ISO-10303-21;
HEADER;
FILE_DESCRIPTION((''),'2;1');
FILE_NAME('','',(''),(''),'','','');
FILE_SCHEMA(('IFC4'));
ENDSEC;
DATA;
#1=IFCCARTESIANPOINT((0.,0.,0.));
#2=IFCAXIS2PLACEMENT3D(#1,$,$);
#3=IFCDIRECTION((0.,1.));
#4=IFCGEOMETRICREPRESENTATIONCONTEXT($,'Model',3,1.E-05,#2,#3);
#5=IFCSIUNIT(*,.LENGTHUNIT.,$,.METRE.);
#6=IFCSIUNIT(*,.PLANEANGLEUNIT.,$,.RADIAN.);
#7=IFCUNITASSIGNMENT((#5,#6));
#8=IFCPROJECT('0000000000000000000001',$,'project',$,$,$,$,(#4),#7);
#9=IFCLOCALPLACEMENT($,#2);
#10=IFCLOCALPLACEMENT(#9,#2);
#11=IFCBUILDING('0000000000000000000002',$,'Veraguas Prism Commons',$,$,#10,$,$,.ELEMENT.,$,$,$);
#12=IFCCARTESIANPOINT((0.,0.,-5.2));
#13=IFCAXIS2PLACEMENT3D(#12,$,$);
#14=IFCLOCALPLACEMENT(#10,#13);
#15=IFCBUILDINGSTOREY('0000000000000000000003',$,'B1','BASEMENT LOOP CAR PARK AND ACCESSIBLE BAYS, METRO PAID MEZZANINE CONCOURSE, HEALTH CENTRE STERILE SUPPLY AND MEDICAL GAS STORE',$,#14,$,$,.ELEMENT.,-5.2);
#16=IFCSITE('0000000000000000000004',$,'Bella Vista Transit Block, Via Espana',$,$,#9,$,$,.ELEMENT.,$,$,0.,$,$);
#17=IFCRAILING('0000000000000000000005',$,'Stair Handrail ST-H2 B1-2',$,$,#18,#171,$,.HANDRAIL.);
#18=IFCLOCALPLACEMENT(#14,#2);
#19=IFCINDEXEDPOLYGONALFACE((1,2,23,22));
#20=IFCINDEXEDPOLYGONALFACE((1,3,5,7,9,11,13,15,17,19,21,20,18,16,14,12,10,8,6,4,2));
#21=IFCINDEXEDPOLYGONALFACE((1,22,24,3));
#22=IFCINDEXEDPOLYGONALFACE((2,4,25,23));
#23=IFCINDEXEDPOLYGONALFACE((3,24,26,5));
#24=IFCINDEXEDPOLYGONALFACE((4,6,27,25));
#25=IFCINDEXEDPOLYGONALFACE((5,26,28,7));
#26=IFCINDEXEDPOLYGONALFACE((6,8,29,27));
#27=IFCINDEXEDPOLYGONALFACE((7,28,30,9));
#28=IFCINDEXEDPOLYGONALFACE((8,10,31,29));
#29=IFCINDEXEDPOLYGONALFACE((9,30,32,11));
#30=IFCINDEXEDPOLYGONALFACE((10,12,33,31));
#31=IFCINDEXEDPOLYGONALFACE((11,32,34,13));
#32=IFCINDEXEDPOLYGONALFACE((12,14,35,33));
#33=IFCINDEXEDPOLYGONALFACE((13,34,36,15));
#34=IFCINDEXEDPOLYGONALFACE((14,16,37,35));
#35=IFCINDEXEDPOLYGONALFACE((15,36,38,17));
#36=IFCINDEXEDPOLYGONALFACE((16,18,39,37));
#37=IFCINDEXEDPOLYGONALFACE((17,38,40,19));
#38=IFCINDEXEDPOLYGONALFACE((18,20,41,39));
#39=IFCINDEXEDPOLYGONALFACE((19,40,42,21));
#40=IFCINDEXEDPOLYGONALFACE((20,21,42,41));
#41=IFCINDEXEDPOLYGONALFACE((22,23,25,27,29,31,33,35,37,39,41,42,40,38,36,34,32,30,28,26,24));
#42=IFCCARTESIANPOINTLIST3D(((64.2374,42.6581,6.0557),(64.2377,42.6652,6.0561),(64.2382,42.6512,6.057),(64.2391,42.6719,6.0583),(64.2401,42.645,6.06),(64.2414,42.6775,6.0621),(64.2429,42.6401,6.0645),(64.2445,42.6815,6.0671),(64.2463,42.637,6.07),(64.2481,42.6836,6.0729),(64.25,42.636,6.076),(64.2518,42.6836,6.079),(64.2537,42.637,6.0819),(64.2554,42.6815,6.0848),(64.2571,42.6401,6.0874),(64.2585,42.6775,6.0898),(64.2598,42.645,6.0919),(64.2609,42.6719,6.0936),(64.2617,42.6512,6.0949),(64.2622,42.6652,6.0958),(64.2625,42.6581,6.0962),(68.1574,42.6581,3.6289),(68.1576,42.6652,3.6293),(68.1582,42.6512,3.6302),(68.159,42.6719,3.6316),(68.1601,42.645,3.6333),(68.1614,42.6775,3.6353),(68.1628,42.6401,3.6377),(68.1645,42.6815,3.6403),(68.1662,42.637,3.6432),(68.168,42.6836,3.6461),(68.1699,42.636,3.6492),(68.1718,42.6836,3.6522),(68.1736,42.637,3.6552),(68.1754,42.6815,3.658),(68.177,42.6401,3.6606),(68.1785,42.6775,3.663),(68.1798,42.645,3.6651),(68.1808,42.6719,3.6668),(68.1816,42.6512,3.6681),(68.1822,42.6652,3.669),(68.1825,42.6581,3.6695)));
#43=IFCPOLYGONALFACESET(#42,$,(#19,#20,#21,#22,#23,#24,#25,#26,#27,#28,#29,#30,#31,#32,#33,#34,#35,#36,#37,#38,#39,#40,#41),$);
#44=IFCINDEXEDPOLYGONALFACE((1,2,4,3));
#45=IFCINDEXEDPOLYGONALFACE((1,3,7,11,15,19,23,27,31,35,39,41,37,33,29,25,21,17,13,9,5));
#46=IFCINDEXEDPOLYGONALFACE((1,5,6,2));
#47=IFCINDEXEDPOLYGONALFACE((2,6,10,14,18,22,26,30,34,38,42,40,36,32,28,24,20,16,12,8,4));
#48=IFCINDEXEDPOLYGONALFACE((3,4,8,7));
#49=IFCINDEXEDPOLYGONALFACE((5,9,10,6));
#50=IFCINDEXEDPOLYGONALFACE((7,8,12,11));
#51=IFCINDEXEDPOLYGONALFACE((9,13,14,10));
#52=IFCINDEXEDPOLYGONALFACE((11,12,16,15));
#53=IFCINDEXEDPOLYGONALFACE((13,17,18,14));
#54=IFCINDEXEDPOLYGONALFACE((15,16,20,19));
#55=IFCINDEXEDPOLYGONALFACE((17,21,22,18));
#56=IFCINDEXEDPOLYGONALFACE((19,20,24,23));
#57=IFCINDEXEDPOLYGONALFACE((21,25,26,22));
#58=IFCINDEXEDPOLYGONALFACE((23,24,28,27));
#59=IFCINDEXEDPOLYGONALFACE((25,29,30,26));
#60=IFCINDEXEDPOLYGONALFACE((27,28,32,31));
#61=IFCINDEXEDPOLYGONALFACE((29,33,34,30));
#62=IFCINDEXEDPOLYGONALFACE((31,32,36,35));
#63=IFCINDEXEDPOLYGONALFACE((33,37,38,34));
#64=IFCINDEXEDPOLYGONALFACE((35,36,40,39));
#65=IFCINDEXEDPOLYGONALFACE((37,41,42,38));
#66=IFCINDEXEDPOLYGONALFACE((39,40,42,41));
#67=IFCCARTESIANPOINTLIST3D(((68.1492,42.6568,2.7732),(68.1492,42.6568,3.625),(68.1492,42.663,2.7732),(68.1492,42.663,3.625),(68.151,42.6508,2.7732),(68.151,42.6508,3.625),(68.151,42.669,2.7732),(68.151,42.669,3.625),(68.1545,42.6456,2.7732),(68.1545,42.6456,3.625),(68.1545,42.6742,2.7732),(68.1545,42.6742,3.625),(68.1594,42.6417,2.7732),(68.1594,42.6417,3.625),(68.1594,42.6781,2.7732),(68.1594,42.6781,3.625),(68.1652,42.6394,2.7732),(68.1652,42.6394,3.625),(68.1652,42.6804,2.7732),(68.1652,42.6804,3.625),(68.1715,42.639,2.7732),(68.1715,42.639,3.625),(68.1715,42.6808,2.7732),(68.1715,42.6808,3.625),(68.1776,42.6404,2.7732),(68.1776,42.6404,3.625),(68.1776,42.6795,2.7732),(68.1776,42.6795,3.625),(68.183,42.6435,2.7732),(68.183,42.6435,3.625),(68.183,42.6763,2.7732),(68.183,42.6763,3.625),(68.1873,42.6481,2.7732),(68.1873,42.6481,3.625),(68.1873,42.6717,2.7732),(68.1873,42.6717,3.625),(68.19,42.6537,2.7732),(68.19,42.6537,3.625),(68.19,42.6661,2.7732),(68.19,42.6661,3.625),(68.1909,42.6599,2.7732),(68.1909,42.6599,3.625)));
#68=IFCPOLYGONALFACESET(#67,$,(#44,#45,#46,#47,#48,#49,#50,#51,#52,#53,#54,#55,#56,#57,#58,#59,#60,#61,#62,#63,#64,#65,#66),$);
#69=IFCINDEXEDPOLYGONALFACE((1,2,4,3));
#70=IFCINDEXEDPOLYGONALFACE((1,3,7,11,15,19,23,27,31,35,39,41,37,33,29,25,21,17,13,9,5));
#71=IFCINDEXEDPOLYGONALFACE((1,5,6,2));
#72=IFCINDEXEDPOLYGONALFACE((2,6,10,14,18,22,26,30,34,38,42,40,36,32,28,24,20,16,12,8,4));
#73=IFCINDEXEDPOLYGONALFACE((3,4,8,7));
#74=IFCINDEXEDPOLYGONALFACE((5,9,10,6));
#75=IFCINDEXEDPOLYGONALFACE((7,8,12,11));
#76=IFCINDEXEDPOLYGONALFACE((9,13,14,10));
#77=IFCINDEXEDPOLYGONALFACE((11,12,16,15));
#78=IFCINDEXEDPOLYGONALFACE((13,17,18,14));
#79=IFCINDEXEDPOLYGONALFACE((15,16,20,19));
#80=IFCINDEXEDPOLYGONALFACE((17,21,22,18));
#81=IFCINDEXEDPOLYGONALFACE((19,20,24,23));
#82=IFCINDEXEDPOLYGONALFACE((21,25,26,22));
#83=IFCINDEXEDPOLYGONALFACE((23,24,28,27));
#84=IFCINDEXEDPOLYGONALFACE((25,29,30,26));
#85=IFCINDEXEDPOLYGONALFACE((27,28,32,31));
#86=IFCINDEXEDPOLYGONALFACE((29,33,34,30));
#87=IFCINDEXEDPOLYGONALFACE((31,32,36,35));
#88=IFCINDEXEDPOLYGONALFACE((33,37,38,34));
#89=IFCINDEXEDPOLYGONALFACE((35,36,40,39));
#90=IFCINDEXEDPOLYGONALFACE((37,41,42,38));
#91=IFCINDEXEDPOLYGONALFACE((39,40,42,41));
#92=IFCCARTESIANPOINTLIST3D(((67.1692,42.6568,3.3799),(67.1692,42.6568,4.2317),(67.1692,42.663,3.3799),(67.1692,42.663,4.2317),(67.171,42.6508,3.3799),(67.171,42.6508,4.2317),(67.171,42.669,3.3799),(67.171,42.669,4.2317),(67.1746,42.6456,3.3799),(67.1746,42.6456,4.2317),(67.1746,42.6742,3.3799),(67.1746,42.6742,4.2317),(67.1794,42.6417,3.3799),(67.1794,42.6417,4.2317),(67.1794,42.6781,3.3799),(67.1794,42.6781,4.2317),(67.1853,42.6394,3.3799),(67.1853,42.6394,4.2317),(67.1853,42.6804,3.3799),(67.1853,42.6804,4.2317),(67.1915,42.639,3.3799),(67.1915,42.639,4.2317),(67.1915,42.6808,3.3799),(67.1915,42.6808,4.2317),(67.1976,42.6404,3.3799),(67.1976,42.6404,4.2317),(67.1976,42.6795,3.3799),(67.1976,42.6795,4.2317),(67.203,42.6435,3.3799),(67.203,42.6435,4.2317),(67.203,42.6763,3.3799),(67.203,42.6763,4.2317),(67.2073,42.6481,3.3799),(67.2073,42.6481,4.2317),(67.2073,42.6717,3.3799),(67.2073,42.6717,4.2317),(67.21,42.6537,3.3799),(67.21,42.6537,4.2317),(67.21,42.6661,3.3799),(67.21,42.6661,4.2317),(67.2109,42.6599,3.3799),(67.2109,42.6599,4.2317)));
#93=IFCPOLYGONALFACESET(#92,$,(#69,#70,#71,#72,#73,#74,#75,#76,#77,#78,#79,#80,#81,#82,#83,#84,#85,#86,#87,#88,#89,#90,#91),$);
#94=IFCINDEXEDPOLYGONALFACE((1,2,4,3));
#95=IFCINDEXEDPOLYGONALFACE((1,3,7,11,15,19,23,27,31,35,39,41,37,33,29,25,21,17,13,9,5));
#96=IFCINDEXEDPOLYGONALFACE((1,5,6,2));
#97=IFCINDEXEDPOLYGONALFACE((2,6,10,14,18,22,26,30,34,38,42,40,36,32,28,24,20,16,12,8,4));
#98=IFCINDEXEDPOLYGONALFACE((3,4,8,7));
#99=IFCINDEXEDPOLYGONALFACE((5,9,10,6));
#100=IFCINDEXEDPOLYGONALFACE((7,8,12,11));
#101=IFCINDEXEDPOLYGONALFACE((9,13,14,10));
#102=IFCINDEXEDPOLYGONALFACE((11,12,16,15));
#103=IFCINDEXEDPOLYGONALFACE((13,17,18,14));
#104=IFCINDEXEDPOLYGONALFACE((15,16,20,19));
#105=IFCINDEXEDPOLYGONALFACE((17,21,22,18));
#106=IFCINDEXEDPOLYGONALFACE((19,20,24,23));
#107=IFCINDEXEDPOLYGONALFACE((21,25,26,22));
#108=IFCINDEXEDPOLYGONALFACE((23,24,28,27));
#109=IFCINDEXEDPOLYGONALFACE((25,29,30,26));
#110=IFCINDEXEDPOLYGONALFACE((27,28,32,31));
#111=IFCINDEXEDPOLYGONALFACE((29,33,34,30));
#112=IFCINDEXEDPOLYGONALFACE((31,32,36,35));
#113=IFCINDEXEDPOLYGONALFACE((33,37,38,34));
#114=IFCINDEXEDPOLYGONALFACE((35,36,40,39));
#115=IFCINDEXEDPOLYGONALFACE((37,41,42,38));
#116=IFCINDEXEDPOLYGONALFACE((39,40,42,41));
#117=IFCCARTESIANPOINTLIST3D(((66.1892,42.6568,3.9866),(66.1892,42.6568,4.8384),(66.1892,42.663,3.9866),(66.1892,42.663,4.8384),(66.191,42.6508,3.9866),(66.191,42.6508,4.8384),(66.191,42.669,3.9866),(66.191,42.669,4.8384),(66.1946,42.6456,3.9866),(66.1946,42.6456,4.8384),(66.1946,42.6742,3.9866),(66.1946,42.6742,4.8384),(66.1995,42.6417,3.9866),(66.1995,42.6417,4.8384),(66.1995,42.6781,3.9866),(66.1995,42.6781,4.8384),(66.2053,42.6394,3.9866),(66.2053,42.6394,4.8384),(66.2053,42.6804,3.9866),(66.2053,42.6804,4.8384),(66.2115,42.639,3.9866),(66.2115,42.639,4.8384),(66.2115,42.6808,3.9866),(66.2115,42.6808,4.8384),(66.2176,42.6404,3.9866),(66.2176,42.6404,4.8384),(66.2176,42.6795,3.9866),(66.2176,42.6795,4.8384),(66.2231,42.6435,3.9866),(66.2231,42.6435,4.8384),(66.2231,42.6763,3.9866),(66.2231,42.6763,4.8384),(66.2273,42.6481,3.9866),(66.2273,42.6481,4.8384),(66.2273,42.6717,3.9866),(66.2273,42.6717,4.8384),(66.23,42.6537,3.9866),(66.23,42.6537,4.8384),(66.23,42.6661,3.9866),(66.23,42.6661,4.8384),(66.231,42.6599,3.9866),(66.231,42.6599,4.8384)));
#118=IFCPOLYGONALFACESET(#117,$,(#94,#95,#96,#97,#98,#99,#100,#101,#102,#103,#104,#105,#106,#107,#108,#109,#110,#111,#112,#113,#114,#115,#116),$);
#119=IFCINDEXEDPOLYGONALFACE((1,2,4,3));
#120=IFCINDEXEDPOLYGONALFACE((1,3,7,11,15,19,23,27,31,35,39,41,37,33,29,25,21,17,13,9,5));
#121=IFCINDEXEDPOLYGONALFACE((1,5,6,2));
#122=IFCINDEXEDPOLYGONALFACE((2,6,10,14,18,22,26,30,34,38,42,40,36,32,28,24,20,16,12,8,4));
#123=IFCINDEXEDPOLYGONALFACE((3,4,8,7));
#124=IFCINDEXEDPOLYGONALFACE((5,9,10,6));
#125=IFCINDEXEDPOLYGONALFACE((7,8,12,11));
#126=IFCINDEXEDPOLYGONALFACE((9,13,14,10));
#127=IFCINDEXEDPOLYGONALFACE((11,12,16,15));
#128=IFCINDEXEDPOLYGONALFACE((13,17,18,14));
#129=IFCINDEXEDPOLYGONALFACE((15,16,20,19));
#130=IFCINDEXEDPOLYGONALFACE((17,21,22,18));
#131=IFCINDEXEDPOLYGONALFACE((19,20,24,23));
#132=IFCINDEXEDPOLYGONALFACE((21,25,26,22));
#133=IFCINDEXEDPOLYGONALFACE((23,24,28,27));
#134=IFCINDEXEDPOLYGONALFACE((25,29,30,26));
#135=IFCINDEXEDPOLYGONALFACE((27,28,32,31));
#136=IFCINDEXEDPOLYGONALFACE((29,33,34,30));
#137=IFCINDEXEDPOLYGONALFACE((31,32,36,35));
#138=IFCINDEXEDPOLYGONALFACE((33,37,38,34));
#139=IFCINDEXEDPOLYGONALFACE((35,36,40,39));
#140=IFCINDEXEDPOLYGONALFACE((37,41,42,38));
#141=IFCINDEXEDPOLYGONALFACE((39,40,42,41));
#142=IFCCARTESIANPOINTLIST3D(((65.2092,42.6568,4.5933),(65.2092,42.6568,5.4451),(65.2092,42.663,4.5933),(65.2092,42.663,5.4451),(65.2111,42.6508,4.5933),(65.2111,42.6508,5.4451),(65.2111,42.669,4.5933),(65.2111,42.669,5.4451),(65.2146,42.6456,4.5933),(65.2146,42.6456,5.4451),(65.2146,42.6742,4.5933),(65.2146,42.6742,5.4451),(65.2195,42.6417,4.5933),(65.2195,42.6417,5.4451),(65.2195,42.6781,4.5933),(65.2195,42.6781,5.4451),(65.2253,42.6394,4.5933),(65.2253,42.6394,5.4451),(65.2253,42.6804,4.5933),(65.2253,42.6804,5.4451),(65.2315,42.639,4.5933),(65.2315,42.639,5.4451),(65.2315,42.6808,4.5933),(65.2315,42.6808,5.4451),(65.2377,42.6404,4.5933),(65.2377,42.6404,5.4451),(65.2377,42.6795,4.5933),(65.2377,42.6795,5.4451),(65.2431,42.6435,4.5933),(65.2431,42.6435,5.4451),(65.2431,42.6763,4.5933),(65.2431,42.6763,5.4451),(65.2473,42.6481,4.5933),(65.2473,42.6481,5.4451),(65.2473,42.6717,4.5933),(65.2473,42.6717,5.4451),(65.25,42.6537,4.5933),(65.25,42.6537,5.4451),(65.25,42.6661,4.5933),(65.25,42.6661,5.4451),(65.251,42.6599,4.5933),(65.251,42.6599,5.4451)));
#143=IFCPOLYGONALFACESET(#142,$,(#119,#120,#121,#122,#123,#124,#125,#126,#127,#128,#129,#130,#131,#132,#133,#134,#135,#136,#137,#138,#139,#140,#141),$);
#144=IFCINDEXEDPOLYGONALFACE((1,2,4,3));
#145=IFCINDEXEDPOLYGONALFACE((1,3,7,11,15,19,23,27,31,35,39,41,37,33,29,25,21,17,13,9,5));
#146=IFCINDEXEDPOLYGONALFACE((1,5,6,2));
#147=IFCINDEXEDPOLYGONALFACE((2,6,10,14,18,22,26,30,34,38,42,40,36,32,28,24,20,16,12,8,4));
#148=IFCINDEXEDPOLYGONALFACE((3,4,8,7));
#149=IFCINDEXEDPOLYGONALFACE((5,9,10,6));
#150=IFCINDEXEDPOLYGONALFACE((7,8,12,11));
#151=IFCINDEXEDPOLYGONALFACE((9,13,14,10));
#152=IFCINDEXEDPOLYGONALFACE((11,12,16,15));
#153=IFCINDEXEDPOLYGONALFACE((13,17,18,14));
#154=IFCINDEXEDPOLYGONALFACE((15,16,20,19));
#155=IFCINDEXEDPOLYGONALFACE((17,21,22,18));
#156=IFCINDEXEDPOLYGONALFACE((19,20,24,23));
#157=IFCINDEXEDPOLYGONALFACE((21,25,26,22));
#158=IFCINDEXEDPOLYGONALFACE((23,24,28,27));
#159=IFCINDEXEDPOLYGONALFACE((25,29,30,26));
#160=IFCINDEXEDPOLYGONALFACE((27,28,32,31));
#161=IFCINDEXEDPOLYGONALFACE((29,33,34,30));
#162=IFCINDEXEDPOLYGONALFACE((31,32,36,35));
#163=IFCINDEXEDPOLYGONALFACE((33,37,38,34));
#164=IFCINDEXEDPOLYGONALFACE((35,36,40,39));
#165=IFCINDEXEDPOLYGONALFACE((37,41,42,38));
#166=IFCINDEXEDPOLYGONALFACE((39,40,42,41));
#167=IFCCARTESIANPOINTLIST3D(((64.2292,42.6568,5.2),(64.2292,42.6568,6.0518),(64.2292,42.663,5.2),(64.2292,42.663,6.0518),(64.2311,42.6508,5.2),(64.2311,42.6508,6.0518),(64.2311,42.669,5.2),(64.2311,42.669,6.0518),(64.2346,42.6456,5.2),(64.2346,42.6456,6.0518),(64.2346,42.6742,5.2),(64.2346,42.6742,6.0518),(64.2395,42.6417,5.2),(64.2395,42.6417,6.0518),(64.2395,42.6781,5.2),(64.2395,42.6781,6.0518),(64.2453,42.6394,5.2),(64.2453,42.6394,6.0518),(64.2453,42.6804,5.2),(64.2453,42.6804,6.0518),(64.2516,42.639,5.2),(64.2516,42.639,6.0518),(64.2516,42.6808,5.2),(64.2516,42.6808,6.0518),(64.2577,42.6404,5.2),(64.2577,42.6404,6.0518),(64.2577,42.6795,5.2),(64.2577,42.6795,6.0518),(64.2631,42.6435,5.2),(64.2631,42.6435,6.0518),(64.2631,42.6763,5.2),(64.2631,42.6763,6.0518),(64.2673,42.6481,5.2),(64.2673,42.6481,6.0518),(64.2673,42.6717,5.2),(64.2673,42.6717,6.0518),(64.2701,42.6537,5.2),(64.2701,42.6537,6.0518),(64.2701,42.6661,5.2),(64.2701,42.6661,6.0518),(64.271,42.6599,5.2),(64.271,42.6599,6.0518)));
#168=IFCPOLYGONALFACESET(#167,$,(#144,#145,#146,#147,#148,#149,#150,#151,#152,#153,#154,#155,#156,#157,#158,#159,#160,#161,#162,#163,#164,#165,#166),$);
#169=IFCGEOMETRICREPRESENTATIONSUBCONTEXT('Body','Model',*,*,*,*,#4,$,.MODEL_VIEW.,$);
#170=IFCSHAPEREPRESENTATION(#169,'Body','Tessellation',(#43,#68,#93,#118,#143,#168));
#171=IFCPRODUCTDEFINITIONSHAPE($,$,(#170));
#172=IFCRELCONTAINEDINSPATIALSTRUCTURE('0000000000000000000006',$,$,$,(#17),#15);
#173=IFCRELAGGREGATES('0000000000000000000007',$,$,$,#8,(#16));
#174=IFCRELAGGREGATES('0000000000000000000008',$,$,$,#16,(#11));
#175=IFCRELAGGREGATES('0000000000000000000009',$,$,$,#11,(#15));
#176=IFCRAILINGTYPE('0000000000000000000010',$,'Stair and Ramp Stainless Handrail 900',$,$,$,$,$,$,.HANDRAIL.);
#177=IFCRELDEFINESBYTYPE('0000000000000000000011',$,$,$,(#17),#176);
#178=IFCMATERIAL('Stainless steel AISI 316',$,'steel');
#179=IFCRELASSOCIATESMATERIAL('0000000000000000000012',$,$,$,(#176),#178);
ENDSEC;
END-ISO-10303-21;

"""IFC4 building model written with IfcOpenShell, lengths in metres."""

from ifc_helpers import new_model, si_unit, direction, frame, origin, origin_2d, place, context, subcontext, project, spatial, circle, extrude, material, type_object, element, save


model = new_model("IFC4")

# Units and contexts
model_context = context("Model", 3, precision=1e-05, world=origin(), true_north=direction((0.0, 1.0)))
body_context = subcontext(model_context, "Body", "Model", "MODEL_VIEW")
ifc_project = project(units=[si_unit("LENGTHUNIT", "METRE"), si_unit("PLANEANGLEUNIT", "RADIAN")], contexts=[model_context])

# Site, building, storey
site_placement = place(None, origin())
site = spatial("IfcSite", under=ifc_project, at=site_placement, Name="Bella Vista Transit Block, Via Espana", CompositionType="ELEMENT", RefElevation=0.0)
building_placement = place(site_placement, origin())
building = spatial("IfcBuilding", under=site, at=building_placement, Name="Veraguas Prism Commons", CompositionType="ELEMENT")
storey_placement = place(building_placement, frame((0.0, 0.0, -5.2)))
storey = spatial("IfcBuildingStorey", under=building, at=storey_placement, Name="B1", Description="BASEMENT LOOP CAR PARK AND ACCESSIBLE BAYS, METRO PAID MEZZANINE CONCOURSE, HEALTH CENTRE STERILE SUPPLY AND MEDICAL GAS STORE", CompositionType="ELEMENT", Elevation=-5.2)

# Railing
ifc_material_1 = material(Name="Stainless steel AISI 316", Category="steel")
railing_type_1 = type_object("IfcRailingType", Name="Stair and Ramp Stainless Handrail 900", PredefinedType="HANDRAIL", material=ifc_material_1)
railing_1_placement = place(storey_placement, frame((68.1699, 42.6599, 2.7732)))
element("IfcRailing", 1, at=railing_1_placement, inside=storey, type_object=railing_type_1, Name="Stair Handrail ST-H2 B1-2", PredefinedType="HANDRAIL", context=body_context, shape_type="SweptSolid", body=[
    extrude(circle(Radius=0.0239, at=origin_2d()), frame((0.0, 0.0, 0.876), z_axis=(-0.850252, 0.0, 0.526376), x_axis=(0.0, -1.0, 0.0)), (0.0, 0.0, 1.0), 4.6104),
    extrude(circle(Radius=0.021, at=origin_2d()), origin(), (0.0, 0.0, 1.0), 0.8518),
    extrude(circle(Radius=0.021, at=origin_2d()), frame((-0.98, 0.0, 0.6067)), (0.0, 0.0, 1.0), 0.8518),
    extrude(circle(Radius=0.021, at=origin_2d()), frame((-1.96, 0.0, 1.2134)), (0.0, 0.0, 1.0), 0.8518),
    extrude(circle(Radius=0.021, at=origin_2d()), frame((-2.9399, 0.0, 1.8201)), (0.0, 0.0, 1.0), 0.8518),
    extrude(circle(Radius=0.021, at=origin_2d()), frame((-3.9199, 0.0, 2.4268)), (0.0, 0.0, 1.0), 0.8518),
])

save(model, "model.ifc")
